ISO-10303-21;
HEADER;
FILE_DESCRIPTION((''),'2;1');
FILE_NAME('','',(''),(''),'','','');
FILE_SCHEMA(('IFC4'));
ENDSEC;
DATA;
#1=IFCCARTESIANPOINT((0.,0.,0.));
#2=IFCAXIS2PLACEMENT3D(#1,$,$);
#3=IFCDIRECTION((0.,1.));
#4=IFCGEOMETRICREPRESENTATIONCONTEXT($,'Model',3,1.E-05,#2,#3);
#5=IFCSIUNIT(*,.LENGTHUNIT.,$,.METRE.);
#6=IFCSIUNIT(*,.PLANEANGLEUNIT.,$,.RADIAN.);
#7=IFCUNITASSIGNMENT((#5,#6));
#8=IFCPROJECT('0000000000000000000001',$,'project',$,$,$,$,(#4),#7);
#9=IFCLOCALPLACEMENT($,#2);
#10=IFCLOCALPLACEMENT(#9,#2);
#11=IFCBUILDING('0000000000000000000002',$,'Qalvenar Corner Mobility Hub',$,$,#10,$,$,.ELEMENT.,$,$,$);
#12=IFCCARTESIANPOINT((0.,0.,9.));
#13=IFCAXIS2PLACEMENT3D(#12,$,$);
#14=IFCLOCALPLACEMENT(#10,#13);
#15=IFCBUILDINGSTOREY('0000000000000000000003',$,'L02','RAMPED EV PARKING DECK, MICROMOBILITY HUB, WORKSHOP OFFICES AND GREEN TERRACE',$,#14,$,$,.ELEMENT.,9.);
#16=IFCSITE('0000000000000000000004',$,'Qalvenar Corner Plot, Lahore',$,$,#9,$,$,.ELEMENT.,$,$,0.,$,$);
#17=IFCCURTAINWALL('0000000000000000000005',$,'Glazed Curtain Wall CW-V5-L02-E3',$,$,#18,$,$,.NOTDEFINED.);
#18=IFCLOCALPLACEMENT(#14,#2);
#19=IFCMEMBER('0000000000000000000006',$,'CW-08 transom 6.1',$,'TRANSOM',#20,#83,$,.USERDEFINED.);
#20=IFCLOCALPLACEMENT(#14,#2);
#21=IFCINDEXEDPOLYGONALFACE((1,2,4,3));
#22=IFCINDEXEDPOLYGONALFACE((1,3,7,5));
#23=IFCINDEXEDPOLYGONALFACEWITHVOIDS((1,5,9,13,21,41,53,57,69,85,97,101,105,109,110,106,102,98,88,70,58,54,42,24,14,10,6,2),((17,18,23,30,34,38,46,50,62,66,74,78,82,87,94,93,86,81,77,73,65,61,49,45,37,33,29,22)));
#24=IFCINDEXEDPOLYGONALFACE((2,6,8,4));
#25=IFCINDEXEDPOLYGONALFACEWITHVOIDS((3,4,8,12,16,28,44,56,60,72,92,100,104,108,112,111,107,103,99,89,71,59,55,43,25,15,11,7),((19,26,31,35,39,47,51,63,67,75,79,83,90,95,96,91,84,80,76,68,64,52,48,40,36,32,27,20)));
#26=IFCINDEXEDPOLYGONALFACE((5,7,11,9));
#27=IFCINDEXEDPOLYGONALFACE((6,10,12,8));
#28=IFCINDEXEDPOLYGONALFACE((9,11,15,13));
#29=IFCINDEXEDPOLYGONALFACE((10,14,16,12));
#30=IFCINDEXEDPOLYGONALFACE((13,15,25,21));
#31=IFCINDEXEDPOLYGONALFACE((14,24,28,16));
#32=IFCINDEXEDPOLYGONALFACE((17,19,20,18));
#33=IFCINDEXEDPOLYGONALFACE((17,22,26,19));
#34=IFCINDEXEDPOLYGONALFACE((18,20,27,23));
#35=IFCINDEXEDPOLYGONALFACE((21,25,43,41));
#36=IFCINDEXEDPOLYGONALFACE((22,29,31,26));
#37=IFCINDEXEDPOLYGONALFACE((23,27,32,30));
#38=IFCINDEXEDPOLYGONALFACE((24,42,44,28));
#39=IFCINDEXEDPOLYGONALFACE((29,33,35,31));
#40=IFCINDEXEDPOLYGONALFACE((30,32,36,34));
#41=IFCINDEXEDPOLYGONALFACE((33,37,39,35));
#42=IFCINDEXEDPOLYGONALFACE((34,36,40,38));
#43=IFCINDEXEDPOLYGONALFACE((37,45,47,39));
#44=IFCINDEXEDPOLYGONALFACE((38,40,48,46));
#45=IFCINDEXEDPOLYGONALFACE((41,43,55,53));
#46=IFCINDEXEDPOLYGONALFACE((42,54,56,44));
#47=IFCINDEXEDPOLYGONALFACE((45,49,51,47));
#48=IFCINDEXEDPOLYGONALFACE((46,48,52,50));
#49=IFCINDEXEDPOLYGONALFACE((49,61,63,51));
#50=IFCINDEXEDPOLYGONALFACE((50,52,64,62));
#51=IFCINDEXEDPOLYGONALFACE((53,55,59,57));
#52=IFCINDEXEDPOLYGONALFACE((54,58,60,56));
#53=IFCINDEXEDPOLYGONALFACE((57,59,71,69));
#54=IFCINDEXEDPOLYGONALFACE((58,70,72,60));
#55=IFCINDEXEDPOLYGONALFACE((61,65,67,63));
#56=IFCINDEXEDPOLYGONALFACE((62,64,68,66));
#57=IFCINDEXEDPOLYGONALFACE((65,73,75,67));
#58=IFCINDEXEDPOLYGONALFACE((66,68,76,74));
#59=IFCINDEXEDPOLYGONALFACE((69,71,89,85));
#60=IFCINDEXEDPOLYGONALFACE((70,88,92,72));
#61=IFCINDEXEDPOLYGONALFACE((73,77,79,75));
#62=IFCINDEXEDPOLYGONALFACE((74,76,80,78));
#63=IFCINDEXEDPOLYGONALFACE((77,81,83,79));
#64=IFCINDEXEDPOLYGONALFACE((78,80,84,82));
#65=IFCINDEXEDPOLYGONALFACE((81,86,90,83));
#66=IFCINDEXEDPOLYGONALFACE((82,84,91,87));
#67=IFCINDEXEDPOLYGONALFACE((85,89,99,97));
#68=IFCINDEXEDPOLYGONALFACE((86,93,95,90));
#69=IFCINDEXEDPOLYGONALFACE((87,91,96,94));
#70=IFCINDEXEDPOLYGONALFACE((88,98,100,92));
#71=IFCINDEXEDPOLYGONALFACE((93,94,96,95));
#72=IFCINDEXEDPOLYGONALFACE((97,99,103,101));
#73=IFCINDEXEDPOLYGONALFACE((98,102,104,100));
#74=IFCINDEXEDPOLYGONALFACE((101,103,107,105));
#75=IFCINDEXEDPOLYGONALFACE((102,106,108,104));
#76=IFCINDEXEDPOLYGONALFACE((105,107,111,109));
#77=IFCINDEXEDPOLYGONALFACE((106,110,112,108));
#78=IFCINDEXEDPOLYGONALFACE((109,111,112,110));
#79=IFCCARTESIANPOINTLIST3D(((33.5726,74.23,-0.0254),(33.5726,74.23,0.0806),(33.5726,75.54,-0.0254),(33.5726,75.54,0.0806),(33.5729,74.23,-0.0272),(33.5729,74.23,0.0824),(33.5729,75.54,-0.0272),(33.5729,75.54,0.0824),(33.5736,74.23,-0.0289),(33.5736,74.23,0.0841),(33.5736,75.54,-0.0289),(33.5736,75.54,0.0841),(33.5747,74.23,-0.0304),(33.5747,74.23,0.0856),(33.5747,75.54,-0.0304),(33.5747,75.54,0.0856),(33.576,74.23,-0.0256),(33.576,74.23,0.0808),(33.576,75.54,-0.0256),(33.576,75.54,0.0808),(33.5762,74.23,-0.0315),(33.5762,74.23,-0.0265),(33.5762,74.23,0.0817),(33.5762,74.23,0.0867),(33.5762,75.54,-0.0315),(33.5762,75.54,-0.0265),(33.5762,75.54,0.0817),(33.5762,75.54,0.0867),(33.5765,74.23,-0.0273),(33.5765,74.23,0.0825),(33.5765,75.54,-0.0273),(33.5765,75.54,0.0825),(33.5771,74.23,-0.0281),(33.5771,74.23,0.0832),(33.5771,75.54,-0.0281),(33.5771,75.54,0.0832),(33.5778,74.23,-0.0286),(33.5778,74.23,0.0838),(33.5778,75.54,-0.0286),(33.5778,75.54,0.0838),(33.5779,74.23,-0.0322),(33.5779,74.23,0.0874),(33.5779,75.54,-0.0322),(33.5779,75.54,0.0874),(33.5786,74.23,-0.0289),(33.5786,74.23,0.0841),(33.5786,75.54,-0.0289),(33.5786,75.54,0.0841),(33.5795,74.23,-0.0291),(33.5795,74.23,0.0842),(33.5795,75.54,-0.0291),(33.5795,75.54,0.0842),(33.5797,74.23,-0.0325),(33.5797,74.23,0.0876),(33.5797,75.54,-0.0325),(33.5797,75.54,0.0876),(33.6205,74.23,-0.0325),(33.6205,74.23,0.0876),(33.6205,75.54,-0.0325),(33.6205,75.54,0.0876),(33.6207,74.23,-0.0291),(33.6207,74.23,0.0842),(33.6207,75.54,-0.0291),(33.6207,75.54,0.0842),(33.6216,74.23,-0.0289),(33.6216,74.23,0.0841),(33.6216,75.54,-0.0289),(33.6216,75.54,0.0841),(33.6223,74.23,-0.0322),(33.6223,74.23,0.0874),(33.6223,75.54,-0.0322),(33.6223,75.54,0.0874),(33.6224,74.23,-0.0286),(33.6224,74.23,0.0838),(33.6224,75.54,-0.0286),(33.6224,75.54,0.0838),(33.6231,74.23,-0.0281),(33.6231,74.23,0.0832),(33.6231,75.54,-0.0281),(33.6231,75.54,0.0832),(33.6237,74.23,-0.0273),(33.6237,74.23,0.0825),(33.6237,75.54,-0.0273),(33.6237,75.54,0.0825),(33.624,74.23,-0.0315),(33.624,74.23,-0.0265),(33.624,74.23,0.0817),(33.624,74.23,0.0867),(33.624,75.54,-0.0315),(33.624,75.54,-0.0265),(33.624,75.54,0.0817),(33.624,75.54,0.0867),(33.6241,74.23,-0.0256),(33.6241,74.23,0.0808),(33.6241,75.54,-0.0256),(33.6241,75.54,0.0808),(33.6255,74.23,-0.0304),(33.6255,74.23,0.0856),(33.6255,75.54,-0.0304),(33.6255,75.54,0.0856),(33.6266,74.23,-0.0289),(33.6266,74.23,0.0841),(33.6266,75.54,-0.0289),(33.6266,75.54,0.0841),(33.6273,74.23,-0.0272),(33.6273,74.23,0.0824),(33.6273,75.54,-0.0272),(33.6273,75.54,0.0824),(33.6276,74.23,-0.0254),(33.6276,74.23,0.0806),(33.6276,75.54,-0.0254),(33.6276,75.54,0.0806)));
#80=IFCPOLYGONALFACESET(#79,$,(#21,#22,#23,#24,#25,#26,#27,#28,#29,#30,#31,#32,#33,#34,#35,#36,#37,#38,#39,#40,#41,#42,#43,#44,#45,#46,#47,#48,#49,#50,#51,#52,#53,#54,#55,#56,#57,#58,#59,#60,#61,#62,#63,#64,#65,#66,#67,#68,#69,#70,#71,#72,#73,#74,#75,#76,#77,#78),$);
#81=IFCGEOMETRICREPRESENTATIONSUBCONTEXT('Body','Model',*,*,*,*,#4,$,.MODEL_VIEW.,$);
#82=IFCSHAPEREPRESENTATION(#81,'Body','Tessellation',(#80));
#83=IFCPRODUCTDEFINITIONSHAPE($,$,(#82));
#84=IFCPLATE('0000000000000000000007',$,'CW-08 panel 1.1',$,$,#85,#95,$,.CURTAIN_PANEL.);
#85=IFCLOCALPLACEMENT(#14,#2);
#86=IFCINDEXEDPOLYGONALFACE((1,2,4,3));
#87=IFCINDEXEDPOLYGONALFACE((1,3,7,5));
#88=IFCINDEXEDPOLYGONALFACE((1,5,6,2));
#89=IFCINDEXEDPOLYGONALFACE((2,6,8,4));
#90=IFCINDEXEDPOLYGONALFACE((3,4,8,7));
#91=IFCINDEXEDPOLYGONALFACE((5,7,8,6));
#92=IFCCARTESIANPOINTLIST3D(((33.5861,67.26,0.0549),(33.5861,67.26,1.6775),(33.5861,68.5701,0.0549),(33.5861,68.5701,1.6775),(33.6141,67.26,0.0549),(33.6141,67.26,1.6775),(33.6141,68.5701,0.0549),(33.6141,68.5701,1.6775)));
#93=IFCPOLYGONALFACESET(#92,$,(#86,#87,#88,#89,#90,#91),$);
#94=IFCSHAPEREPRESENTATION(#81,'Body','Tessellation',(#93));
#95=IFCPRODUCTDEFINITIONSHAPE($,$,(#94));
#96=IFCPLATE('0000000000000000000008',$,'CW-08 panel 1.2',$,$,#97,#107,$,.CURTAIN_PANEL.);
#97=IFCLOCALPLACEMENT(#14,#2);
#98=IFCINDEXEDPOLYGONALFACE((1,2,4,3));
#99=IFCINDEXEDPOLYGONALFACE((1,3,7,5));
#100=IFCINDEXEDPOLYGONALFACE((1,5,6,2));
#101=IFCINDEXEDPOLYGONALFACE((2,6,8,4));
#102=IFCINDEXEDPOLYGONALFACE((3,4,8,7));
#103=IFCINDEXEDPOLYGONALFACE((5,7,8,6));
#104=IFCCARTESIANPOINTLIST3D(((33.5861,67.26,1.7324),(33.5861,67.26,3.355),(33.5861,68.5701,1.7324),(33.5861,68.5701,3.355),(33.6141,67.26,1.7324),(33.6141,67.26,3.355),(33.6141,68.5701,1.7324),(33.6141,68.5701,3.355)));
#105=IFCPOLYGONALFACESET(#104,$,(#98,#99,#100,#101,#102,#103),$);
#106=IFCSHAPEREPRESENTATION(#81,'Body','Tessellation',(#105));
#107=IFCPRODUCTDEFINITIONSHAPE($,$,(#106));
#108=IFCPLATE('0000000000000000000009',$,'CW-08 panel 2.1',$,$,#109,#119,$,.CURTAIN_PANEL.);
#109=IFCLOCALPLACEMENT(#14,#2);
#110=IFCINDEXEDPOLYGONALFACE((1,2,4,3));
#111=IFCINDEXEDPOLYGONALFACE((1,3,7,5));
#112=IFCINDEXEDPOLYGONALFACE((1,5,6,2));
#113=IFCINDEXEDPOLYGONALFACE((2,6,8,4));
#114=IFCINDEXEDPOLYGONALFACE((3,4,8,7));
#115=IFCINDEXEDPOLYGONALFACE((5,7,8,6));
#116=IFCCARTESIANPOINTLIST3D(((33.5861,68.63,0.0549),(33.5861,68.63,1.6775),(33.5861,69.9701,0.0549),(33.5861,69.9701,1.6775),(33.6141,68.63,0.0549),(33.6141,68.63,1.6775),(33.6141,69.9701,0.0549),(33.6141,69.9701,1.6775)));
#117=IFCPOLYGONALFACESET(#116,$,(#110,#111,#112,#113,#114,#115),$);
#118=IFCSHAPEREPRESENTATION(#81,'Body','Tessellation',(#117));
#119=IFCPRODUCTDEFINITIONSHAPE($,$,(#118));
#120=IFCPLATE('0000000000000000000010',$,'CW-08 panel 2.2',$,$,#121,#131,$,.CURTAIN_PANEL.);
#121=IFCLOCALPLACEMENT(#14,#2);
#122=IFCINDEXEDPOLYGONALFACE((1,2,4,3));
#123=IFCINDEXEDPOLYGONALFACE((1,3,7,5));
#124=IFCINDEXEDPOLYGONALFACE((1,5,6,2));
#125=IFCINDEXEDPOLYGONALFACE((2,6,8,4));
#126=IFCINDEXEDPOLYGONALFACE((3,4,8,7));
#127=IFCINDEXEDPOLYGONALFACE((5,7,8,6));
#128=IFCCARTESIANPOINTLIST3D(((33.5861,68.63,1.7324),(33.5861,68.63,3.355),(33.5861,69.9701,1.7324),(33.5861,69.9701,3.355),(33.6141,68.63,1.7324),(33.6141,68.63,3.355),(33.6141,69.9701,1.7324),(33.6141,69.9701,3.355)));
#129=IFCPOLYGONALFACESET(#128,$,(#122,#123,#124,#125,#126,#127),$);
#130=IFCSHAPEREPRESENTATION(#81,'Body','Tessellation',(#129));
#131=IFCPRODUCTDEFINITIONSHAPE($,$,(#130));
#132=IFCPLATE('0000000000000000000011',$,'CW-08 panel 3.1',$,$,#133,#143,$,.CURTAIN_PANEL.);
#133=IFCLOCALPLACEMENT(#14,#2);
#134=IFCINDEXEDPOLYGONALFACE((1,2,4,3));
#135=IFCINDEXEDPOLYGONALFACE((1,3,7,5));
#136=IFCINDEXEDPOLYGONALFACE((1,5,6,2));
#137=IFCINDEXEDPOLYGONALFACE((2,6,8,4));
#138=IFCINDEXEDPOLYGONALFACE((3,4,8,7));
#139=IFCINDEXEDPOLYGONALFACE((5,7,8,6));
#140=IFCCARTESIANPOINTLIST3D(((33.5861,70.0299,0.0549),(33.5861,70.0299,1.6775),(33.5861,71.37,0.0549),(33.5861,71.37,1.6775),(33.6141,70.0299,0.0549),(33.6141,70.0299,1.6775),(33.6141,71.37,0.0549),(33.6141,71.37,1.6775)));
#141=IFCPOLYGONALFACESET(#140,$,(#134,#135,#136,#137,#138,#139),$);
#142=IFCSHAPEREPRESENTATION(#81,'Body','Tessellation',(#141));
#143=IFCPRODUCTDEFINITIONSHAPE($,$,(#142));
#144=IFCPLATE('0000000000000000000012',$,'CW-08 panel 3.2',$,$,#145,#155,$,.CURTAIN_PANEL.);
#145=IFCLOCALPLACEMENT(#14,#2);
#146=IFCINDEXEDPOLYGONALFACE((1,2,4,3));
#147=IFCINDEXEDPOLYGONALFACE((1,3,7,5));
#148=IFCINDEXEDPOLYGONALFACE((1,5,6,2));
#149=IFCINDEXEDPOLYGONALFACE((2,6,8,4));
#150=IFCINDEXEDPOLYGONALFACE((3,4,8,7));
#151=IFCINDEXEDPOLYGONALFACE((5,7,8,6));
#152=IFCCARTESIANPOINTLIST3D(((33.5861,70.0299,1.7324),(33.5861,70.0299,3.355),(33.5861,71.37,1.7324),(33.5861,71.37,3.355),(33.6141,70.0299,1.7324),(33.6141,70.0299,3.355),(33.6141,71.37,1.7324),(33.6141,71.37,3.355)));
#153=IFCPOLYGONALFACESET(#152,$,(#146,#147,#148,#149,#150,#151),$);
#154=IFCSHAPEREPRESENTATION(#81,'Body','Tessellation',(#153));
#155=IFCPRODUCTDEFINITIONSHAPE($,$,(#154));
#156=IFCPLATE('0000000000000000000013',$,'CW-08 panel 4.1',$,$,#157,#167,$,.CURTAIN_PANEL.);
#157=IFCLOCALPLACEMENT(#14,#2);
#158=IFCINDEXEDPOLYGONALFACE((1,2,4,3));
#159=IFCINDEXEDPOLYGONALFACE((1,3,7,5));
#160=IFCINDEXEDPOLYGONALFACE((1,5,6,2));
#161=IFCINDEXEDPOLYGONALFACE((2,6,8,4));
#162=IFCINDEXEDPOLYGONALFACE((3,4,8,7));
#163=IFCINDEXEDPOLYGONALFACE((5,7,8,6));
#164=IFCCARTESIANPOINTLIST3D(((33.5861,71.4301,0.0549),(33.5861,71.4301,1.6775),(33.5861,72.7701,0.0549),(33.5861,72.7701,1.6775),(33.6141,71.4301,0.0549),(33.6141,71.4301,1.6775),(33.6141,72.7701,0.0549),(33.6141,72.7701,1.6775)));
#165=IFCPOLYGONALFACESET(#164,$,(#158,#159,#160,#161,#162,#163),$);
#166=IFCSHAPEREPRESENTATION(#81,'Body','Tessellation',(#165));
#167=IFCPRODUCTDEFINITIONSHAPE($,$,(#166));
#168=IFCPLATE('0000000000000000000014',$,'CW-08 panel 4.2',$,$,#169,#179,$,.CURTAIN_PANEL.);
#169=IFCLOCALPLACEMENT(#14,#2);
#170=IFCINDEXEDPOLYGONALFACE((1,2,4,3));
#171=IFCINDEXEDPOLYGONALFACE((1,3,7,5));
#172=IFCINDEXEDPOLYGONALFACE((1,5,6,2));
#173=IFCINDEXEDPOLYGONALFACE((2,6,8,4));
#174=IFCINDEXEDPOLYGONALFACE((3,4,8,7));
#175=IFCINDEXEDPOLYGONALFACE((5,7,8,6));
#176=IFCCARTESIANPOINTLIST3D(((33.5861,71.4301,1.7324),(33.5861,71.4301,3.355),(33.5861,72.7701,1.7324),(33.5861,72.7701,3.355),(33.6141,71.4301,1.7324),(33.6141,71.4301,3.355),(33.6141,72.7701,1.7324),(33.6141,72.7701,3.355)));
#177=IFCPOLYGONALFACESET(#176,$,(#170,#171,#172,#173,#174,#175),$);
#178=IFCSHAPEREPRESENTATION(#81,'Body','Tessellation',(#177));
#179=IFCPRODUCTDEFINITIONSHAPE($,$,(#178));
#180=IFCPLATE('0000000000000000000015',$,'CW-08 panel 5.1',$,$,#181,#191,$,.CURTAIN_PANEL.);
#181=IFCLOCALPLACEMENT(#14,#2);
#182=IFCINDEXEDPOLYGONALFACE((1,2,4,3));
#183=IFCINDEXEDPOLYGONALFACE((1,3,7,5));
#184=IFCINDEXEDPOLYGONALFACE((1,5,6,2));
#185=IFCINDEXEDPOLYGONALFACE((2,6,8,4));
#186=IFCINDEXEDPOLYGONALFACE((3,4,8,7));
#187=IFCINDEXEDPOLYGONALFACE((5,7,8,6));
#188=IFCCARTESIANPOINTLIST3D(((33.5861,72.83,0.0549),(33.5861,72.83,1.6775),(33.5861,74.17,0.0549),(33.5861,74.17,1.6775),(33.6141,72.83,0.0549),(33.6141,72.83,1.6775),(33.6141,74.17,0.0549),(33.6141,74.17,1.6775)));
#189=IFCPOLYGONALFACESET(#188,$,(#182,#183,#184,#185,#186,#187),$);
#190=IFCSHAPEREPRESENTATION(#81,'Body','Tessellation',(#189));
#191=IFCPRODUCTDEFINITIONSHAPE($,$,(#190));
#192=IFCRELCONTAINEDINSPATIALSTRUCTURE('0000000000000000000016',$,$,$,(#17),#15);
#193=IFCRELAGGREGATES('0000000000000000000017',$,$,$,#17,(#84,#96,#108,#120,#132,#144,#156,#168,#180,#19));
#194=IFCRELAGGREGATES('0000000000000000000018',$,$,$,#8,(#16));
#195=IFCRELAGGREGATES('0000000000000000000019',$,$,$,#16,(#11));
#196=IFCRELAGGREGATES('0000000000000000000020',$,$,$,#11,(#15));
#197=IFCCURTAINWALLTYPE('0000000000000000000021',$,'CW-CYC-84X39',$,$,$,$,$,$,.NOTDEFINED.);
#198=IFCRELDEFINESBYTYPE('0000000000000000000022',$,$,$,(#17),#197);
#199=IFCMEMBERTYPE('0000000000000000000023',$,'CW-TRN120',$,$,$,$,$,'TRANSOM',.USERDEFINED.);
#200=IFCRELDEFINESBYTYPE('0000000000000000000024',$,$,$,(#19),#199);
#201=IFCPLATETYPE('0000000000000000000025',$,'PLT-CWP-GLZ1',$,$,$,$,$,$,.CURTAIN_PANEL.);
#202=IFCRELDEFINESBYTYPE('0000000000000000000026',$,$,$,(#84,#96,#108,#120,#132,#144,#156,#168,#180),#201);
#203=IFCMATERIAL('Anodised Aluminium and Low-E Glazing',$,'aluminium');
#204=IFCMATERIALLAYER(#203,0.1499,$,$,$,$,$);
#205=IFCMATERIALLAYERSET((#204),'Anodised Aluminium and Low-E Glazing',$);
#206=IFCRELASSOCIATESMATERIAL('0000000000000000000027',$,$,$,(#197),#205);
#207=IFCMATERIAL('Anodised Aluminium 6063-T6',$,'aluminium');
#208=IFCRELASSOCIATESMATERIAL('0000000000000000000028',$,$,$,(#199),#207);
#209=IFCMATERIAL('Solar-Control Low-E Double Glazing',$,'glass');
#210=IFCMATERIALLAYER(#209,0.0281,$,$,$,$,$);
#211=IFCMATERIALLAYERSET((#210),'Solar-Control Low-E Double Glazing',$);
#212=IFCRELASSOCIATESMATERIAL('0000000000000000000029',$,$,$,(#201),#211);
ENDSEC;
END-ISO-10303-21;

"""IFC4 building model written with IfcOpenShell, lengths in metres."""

from ifc_helpers import new_model, si_unit, direction, frame, origin, origin_2d, place, context, subcontext, project, spatial, rectangle, hollow_rectangle, extrude, material, layer, layer_set, material_profile, profile_set, type_object, element, aggregate, save


model = new_model("IFC4")

# Units and contexts
model_context = context("Model", 3, precision=1e-05, world=origin(), true_north=direction((0.0, 1.0)))
body_context = subcontext(model_context, "Body", "Model", "MODEL_VIEW")
ifc_project = project(units=[si_unit("LENGTHUNIT", "METRE"), si_unit("PLANEANGLEUNIT", "RADIAN")], contexts=[model_context])

# Site, building, storey
site_placement = place(None, origin())
site = spatial("IfcSite", under=ifc_project, at=site_placement, Name="Qalvenar Corner Plot, Lahore", CompositionType="ELEMENT", RefElevation=0.0)
building_placement = place(site_placement, origin())
building = spatial("IfcBuilding", under=site, at=building_placement, Name="Qalvenar Corner Mobility Hub", CompositionType="ELEMENT")
storey_placement = place(building_placement, frame((0.0, 0.0, 9.0)))
storey = spatial("IfcBuildingStorey", under=building, at=storey_placement, Name="L02", Description="RAMPED EV PARKING DECK, MICROMOBILITY HUB, WORKSHOP OFFICES AND GREEN TERRACE", CompositionType="ELEMENT", Elevation=9.0)

# Curtain wall, member, plates
ifc_material_1 = material(Name="Anodised Aluminium and Low-E Glazing", Category="aluminium")
ifc_layer_1 = layer(ifc_material_1, 0.1499)
ifc_layer_set_1 = layer_set([ifc_layer_1], Name="Anodised Aluminium and Low-E Glazing")
curtain_wall_type = type_object("IfcCurtainWallType", Name="CW-CYC-84X39", PredefinedType="NOTDEFINED", material=ifc_layer_set_1)
curtain_wall_placement = place(storey_placement, origin())
curtain_wall = element("IfcCurtainWall", 1, at=curtain_wall_placement, inside=storey, type_object=curtain_wall_type, Name="Glazed Curtain Wall CW-V5-L02-E3", PredefinedType="NOTDEFINED")
ifc_material_2 = material(Name="Anodised Aluminium 6063-T6", Category="aluminium")
ifc_material_profile_1 = material_profile(ifc_material_2, hollow_rectangle(XDim=0.0549, YDim=0.1201, WallThickness=0.0034, InnerFilletRadius=0.0034, OuterFilletRadius=0.0071, at=origin_2d()), Name="RHS120x55x3.5")
ifc_profile_set_1 = profile_set([ifc_material_profile_1], Name="Anodised Aluminium 6063-T6")
member_type_1 = type_object("IfcMemberType", Name="CW-TRN120", ElementType="TRANSOM", PredefinedType="USERDEFINED", material=ifc_profile_set_1)
member_1_placement = place(storey_placement, frame((33.6001, 74.23, 0.0276), z_axis=(0.0, 1.0, 0.0), x_axis=(-1.0, 0.0, 0.0)))
member_1 = element("IfcMember", 2, at=member_1_placement, type_object=member_type_1, Name="CW-08 transom 6.1", ObjectType="TRANSOM", PredefinedType="USERDEFINED", context=body_context, shape_type="SweptSolid", body=[
    extrude(hollow_rectangle(XDim=0.0549, YDim=0.1201, WallThickness=0.0034, InnerFilletRadius=0.0034, OuterFilletRadius=0.0071, at=origin_2d()), origin(), (0.0, 0.0, 1.0), 1.3101),
])
ifc_material_3 = material(Name="Solar-Control Low-E Double Glazing", Category="glass")
ifc_layer_2 = layer(ifc_material_3, 0.0281)
ifc_layer_set_2 = layer_set([ifc_layer_2], Name="Solar-Control Low-E Double Glazing")
plate_type = type_object("IfcPlateType", Name="PLT-CWP-GLZ1", PredefinedType="CURTAIN_PANEL", material=ifc_layer_set_2)
plate_1_placement = place(storey_placement, frame((33.6001, 67.915, 0.0549), z_axis=(0.0, 0.0, 1.0), x_axis=(0.0, 1.0, 0.0)))
plate_1 = element("IfcPlate", 3, at=plate_1_placement, type_object=plate_type, Name="CW-08 panel 1.1", PredefinedType="CURTAIN_PANEL", context=body_context, shape_type="SweptSolid", body=[
    extrude(rectangle(XDim=1.3101, YDim=0.0281, at=origin_2d()), origin(), (0.0, 0.0, 1.0), 1.6226),
])
plate_2_placement = place(storey_placement, frame((33.6001, 67.915, 1.7324), z_axis=(0.0, 0.0, 1.0), x_axis=(0.0, 1.0, 0.0)))
plate_2 = element("IfcPlate", 4, at=plate_2_placement, type_object=plate_type, Name="CW-08 panel 1.2", PredefinedType="CURTAIN_PANEL", context=body_context, shape_type="SweptSolid", body=[
    extrude(rectangle(XDim=1.3101, YDim=0.0281, at=origin_2d()), origin(), (0.0, 0.0, 1.0), 1.6226),
])
plate_3_placement = place(storey_placement, frame((33.6001, 69.3, 0.0549), z_axis=(0.0, 0.0, 1.0), x_axis=(0.0, 1.0, 0.0)))
plate_3 = element("IfcPlate", 5, at=plate_3_placement, type_object=plate_type, Name="CW-08 panel 2.1", PredefinedType="CURTAIN_PANEL", context=body_context, shape_type="SweptSolid", body=[
    extrude(rectangle(XDim=1.3401, YDim=0.0281, at=origin_2d()), origin(), (0.0, 0.0, 1.0), 1.6226),
])
plate_4_placement = place(storey_placement, frame((33.6001, 69.3, 1.7324), z_axis=(0.0, 0.0, 1.0), x_axis=(0.0, 1.0, 0.0)))
plate_4 = element("IfcPlate", 6, at=plate_4_placement, type_object=plate_type, Name="CW-08 panel 2.2", PredefinedType="CURTAIN_PANEL", context=body_context, shape_type="SweptSolid", body=[
    extrude(rectangle(XDim=1.3401, YDim=0.0281, at=origin_2d()), origin(), (0.0, 0.0, 1.0), 1.6226),
])
plate_5_placement = place(storey_placement, frame((33.6001, 70.7, 0.0549), z_axis=(0.0, 0.0, 1.0), x_axis=(0.0, 1.0, 0.0)))
plate_5 = element("IfcPlate", 7, at=plate_5_placement, type_object=plate_type, Name="CW-08 panel 3.1", PredefinedType="CURTAIN_PANEL", context=body_context, shape_type="SweptSolid", body=[
    extrude(rectangle(XDim=1.3401, YDim=0.0281, at=origin_2d()), origin(), (0.0, 0.0, 1.0), 1.6226),
])
plate_6_placement = place(storey_placement, frame((33.6001, 70.7, 1.7324), z_axis=(0.0, 0.0, 1.0), x_axis=(0.0, 1.0, 0.0)))
plate_6 = element("IfcPlate", 8, at=plate_6_placement, type_object=plate_type, Name="CW-08 panel 3.2", PredefinedType="CURTAIN_PANEL", context=body_context, shape_type="SweptSolid", body=[
    extrude(rectangle(XDim=1.3401, YDim=0.0281, at=origin_2d()), origin(), (0.0, 0.0, 1.0), 1.6226),
])
plate_7_placement = place(storey_placement, frame((33.6001, 72.1001, 0.0549), z_axis=(0.0, 0.0, 1.0), x_axis=(0.0, 1.0, 0.0)))
plate_7 = element("IfcPlate", 9, at=plate_7_placement, type_object=plate_type, Name="CW-08 panel 4.1", PredefinedType="CURTAIN_PANEL", context=body_context, shape_type="SweptSolid", body=[
    extrude(rectangle(XDim=1.3401, YDim=0.0281, at=origin_2d()), origin(), (0.0, 0.0, 1.0), 1.6226),
])
plate_8_placement = place(storey_placement, frame((33.6001, 72.1001, 1.7324), z_axis=(0.0, 0.0, 1.0), x_axis=(0.0, 1.0, 0.0)))
plate_8 = element("IfcPlate", 10, at=plate_8_placement, type_object=plate_type, Name="CW-08 panel 4.2", PredefinedType="CURTAIN_PANEL", context=body_context, shape_type="SweptSolid", body=[
    extrude(rectangle(XDim=1.3401, YDim=0.0281, at=origin_2d()), origin(), (0.0, 0.0, 1.0), 1.6226),
])
plate_9_placement = place(storey_placement, frame((33.6001, 73.5, 0.0549), z_axis=(0.0, 0.0, 1.0), x_axis=(0.0, 1.0, 0.0)))
plate_9 = element("IfcPlate", 11, at=plate_9_placement, type_object=plate_type, Name="CW-08 panel 5.1", PredefinedType="CURTAIN_PANEL", context=body_context, shape_type="SweptSolid", body=[
    extrude(rectangle(XDim=1.3401, YDim=0.0281, at=origin_2d()), origin(), (0.0, 0.0, 1.0), 1.6226),
])
aggregate(curtain_wall, [plate_1, plate_2, plate_3, plate_4, plate_5, plate_6, plate_7, plate_8, plate_9, member_1])

save(model, "model.ifc")
